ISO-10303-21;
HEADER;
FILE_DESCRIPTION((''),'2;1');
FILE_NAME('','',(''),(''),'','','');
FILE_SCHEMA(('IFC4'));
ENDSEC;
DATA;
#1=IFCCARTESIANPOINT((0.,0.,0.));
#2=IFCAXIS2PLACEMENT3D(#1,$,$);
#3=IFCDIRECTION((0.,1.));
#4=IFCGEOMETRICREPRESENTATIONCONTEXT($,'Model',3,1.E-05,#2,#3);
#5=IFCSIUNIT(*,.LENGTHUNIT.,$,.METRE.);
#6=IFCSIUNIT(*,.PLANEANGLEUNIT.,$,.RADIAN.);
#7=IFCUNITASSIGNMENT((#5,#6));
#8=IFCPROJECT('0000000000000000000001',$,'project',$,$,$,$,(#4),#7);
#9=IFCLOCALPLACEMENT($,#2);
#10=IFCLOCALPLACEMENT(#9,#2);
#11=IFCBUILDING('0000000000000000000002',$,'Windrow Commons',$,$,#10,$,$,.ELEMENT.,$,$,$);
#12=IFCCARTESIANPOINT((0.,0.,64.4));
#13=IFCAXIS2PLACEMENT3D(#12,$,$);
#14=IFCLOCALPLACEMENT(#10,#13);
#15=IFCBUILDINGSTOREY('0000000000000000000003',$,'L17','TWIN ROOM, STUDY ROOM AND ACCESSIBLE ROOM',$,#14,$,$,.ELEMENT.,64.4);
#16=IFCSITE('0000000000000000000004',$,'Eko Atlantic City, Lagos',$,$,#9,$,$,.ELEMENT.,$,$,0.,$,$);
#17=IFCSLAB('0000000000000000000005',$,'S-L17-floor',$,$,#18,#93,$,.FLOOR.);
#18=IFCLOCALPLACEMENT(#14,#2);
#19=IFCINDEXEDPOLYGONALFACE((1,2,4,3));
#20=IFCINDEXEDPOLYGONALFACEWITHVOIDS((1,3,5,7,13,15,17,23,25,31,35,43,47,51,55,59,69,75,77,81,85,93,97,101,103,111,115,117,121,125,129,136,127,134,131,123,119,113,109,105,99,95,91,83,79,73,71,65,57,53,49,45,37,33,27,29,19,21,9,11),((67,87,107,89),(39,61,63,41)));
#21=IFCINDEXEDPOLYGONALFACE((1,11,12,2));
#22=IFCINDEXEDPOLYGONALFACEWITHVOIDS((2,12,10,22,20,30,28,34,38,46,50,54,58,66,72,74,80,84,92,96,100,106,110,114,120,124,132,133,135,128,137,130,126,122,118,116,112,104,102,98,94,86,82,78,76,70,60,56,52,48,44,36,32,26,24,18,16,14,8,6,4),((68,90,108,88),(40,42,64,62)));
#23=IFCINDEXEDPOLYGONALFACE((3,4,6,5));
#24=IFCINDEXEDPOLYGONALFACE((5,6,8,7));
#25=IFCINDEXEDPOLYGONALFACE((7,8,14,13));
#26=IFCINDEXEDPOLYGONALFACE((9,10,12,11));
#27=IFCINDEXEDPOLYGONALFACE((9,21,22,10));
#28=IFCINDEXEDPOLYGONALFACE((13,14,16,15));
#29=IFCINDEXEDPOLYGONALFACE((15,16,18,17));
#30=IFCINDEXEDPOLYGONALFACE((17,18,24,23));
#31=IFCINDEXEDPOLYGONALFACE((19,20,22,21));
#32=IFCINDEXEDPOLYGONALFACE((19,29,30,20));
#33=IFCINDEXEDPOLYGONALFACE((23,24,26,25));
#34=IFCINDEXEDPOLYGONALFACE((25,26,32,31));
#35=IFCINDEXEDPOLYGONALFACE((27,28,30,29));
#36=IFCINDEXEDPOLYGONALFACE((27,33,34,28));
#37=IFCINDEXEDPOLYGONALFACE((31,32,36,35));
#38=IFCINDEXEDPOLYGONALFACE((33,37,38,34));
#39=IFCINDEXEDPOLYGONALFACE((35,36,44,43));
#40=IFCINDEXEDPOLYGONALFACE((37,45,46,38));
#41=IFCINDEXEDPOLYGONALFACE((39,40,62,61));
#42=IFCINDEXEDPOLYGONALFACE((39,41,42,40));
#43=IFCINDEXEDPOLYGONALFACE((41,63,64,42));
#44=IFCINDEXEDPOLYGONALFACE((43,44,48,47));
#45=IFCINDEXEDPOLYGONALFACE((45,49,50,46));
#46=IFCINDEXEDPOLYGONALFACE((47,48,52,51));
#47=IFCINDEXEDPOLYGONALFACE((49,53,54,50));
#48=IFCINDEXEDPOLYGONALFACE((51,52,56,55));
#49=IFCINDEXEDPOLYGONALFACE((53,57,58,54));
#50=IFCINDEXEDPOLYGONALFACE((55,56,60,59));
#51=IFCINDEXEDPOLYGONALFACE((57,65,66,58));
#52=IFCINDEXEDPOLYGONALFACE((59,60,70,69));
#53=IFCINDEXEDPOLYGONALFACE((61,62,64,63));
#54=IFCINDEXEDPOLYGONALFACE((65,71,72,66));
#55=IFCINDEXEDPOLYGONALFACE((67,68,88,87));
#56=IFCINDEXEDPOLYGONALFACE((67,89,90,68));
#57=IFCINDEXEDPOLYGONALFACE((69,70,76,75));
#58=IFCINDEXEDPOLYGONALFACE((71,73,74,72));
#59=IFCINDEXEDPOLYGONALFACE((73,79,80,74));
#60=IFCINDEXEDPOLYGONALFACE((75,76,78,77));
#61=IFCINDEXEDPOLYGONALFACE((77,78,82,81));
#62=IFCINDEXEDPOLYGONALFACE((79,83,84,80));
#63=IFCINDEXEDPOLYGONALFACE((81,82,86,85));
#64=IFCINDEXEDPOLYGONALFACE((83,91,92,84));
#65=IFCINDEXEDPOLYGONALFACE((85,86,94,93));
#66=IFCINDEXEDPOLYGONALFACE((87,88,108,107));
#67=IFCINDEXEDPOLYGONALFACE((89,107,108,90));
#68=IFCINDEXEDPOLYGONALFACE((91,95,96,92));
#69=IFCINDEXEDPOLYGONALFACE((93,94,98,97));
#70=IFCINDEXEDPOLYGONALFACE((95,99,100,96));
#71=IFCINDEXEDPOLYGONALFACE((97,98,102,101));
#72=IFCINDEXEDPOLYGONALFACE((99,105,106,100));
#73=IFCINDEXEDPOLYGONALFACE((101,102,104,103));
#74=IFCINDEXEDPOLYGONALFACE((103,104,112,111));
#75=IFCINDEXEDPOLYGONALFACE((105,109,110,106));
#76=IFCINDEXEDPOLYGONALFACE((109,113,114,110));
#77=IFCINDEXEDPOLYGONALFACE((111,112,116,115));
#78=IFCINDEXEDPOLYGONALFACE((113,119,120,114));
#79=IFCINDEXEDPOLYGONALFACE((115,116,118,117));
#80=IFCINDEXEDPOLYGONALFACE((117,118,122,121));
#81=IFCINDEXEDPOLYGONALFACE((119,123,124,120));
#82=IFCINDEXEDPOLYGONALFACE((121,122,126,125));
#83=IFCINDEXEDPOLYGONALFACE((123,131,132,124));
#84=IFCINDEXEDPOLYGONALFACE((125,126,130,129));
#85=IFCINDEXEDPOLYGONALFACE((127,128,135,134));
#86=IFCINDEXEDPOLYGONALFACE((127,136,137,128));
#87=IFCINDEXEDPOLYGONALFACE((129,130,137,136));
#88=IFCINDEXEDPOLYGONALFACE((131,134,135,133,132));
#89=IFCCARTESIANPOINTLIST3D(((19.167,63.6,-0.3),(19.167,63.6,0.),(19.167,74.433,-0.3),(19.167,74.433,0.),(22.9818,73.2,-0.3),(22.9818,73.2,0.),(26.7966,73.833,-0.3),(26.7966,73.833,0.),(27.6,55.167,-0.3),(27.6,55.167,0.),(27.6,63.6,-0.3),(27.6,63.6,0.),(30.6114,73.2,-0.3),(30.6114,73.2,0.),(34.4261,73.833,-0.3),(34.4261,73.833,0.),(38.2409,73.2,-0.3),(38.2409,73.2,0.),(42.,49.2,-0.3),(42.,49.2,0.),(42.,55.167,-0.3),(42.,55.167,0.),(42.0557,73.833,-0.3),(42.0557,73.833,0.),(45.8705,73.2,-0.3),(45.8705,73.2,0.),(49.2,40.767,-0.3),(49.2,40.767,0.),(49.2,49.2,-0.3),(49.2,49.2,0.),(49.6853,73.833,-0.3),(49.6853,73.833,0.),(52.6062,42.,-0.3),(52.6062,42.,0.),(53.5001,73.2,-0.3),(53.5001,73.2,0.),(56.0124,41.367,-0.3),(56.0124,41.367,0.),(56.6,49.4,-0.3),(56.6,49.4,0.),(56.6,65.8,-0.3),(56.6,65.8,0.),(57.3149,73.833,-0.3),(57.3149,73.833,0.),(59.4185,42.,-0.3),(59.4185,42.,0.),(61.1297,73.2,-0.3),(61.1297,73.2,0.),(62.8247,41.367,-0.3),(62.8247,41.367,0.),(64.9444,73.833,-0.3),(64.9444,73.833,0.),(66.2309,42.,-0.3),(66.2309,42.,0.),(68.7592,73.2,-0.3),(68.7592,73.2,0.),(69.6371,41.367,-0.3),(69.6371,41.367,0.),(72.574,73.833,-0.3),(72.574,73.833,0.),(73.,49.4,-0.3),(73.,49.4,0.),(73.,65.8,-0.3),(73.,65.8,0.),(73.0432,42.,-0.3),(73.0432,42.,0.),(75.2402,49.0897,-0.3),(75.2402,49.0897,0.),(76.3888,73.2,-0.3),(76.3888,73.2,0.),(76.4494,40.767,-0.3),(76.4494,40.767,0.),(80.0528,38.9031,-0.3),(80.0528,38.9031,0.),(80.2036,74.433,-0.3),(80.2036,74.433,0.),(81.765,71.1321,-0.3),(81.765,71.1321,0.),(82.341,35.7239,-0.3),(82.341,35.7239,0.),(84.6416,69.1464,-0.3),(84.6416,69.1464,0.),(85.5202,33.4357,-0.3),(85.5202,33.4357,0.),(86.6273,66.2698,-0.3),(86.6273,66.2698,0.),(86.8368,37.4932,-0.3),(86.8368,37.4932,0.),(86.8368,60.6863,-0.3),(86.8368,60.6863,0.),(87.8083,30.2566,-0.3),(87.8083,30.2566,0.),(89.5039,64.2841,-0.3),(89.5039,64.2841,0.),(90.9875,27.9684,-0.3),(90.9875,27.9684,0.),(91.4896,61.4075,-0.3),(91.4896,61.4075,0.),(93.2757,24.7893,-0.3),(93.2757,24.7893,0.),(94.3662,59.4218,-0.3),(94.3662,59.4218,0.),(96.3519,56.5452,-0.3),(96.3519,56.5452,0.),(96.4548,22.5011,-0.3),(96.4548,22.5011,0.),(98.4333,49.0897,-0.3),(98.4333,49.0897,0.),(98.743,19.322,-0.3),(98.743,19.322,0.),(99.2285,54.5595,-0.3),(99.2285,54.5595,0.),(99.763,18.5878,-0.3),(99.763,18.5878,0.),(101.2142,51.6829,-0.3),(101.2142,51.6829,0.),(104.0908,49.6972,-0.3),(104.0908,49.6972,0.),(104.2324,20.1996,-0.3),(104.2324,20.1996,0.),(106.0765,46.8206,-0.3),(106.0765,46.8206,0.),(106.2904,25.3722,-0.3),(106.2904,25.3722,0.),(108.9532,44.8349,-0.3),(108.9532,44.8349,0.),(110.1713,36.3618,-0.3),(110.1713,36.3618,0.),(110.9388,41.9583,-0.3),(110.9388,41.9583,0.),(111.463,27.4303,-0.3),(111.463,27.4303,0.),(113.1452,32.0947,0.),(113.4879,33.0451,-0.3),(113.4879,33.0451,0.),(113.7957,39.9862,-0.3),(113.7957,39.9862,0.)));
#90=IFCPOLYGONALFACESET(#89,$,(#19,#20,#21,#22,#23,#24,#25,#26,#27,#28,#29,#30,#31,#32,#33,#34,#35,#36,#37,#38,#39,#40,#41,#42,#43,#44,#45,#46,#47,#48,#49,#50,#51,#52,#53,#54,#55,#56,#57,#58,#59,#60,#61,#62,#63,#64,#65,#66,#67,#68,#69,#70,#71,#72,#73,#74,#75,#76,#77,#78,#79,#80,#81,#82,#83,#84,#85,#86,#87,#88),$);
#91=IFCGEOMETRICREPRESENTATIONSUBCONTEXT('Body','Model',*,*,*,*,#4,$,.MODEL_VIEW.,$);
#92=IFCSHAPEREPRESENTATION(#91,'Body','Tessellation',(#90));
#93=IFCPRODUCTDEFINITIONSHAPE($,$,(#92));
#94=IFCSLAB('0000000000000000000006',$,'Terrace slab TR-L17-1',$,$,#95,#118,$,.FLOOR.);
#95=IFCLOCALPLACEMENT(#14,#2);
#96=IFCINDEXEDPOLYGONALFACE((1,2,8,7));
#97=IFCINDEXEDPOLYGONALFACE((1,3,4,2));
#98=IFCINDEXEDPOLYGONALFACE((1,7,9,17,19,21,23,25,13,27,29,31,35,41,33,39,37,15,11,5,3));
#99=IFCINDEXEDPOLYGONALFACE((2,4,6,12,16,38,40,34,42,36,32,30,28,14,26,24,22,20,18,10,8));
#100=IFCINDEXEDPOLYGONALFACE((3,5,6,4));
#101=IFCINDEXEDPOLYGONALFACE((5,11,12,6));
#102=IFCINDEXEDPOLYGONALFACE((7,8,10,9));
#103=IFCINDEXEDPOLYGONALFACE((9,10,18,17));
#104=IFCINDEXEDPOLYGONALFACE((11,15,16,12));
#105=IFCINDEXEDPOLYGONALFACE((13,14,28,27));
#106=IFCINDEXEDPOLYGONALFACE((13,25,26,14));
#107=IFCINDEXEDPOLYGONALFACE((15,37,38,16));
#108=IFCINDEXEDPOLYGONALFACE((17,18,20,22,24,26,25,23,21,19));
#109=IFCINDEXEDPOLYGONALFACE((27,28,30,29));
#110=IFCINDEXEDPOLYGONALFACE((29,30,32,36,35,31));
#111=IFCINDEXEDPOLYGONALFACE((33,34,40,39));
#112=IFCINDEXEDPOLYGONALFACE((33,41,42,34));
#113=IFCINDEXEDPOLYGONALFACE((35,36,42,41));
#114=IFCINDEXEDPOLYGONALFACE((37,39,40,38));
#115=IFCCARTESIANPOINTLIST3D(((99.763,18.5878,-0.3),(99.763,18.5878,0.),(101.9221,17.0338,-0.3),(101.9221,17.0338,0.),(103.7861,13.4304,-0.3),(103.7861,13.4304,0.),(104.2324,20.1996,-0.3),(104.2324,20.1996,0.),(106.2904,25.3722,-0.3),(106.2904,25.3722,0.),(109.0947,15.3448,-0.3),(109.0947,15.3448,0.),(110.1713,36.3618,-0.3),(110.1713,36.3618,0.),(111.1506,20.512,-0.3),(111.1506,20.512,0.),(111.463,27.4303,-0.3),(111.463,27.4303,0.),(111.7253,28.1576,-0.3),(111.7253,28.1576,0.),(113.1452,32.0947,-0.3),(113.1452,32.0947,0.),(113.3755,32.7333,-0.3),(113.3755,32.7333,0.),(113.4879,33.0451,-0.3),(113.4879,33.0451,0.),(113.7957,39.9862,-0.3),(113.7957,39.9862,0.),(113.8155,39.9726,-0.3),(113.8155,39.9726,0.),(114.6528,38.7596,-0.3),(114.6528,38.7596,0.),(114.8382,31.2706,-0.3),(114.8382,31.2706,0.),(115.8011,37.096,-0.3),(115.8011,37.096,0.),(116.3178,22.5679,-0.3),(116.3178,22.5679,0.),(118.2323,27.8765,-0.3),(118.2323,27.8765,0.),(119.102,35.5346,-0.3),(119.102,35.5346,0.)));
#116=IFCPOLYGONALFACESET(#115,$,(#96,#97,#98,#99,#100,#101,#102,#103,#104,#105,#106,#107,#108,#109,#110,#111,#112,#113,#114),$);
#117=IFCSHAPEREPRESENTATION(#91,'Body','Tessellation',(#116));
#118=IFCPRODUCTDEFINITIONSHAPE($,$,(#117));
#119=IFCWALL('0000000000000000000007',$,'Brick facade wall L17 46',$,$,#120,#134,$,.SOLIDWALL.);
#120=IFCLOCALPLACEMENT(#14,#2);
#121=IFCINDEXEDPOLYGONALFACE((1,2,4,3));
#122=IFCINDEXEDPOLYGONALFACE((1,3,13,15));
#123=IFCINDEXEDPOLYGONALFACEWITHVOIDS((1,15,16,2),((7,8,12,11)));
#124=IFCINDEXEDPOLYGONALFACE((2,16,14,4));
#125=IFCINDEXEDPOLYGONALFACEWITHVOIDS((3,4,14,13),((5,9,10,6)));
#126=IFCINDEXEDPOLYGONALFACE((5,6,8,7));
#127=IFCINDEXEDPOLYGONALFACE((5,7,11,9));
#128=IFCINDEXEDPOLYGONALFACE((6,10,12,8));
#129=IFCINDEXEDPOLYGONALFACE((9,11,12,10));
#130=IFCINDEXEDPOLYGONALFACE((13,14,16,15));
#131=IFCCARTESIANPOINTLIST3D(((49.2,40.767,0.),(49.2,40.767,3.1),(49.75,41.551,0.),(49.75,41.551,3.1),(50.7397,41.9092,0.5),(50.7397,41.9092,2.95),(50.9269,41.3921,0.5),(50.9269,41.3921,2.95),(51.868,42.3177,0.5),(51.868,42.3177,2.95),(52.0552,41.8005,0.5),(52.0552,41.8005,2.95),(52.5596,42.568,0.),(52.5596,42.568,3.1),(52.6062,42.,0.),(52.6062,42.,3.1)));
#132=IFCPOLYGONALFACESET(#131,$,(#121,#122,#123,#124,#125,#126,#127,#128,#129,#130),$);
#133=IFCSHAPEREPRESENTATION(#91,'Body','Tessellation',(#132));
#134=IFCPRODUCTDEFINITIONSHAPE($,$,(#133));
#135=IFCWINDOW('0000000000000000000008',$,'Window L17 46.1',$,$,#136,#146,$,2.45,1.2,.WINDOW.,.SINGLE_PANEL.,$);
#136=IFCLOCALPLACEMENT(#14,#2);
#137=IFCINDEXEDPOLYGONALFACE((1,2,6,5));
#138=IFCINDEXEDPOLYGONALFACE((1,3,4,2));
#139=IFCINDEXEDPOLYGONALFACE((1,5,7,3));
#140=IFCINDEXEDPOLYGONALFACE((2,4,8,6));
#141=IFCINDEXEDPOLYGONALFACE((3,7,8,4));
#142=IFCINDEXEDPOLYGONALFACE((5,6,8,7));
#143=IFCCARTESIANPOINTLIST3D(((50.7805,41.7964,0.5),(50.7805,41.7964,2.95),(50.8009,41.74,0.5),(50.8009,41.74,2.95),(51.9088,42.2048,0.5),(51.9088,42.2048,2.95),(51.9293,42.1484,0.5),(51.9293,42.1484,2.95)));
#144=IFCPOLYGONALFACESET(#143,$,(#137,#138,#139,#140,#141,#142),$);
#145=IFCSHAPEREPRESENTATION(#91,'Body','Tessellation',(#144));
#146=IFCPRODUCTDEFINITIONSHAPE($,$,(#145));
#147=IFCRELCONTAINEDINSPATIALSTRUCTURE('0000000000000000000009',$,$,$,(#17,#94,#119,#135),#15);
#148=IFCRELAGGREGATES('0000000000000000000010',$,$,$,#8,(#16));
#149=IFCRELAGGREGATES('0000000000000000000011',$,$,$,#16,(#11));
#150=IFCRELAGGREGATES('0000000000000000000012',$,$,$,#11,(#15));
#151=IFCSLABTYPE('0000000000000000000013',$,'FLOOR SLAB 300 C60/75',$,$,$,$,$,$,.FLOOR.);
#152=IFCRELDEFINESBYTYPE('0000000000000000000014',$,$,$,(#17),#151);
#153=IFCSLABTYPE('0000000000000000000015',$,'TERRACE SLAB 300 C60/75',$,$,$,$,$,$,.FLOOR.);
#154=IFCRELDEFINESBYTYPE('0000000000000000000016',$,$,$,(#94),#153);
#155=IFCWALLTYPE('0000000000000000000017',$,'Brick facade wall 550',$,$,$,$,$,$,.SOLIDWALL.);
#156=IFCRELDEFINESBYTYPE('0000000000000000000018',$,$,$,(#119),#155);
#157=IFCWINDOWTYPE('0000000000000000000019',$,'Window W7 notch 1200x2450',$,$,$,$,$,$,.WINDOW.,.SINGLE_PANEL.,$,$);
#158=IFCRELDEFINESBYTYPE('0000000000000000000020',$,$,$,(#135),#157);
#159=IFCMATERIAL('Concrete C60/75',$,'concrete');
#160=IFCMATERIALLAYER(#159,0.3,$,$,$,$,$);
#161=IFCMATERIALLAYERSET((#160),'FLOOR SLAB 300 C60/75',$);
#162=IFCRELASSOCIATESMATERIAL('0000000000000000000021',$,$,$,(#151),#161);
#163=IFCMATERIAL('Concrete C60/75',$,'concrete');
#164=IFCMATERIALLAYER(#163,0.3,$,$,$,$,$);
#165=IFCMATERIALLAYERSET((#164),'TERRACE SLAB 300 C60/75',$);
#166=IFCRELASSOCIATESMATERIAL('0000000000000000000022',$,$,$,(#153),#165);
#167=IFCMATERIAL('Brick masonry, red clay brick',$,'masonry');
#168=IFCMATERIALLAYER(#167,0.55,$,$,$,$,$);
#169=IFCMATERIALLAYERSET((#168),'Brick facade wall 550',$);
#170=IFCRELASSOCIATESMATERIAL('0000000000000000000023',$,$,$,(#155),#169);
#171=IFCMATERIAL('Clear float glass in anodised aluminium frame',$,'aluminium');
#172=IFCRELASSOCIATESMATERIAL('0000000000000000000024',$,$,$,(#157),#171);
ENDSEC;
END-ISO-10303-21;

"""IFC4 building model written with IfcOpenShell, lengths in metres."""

from ifc_helpers import new_model, si_unit, direction, frame, frame_2d, origin, place, context, subcontext, project, spatial, polyline, rectangle, outline, extrude, material, layer, layer_set, type_object, element, fill, save


model = new_model("IFC4")

# Units and contexts
model_context = context("Model", 3, precision=1e-05, world=origin(), true_north=direction((0.0, 1.0)))
body_context = subcontext(model_context, "Body", "Model", "MODEL_VIEW")
ifc_project = project(units=[si_unit("LENGTHUNIT", "METRE"), si_unit("PLANEANGLEUNIT", "RADIAN")], contexts=[model_context])

# Site, building, storey
site_placement = place(None, origin())
site = spatial("IfcSite", under=ifc_project, at=site_placement, Name="Eko Atlantic City, Lagos", CompositionType="ELEMENT", RefElevation=0.0)
building_placement = place(site_placement, origin())
building = spatial("IfcBuilding", under=site, at=building_placement, Name="Windrow Commons", CompositionType="ELEMENT")
storey_placement = place(building_placement, frame((0.0, 0.0, 64.4)))
storey = spatial("IfcBuildingStorey", under=building, at=storey_placement, Name="L17", Description="TWIN ROOM, STUDY ROOM AND ACCESSIBLE ROOM", CompositionType="ELEMENT", Elevation=64.4)

# Shared definitions
placement_1 = place(storey_placement, frame((0.0, 0.0, -0.3)))

# Slab, openings
ifc_material_1 = material(Name="Concrete C60/75", Category="concrete")
ifc_layer_1 = layer(ifc_material_1, 0.3)
ifc_layer_set_1 = layer_set([ifc_layer_1], Name="FLOOR SLAB 300 C60/75")
slab_type_1 = type_object("IfcSlabType", Name="FLOOR SLAB 300 C60/75", PredefinedType="FLOOR", material=ifc_layer_set_1)
slab_1 = element("IfcSlab", 1, at=placement_1, inside=storey, type_object=slab_type_1, Name="S-L17-floor", PredefinedType="FLOOR", context=body_context, shape_type="SweptSolid", body=[
    extrude(outline(polyline([(90.9875, 27.9684), (93.2757, 24.7893), (96.4548, 22.5011), (98.743, 19.322), (99.763, 18.5878), (104.2324, 20.1996), (106.2904, 25.3722), (111.463, 27.4303), (111.7253, 28.1576), (113.1452, 32.0947), (113.3755, 32.7333), (113.4879, 33.0451), (110.1713, 36.3618), (113.7957, 39.9862), (113.8155, 39.9726), (110.9388, 41.9583), (108.9532, 44.8349), (106.0765, 46.8206), (104.0908, 49.6972), (101.2142, 51.6829), (99.2285, 54.5595), (96.3519, 56.5452), (94.3662, 59.4218), (91.4896, 61.4075), (89.5039, 64.2841), (86.6273, 66.2698), (84.6416, 69.1464), (81.765, 71.1321), (80.2036, 74.433), (76.3888, 73.2), (72.574, 73.833), (68.7592, 73.2), (64.9444, 73.833), (61.1297, 73.2), (57.3149, 73.833), (53.5001, 73.2), (49.6853, 73.833), (45.8705, 73.2), (42.0557, 73.833), (38.2409, 73.2), (34.4261, 73.833), (30.6114, 73.2), (26.7966, 73.833), (22.9818, 73.2), (19.167, 74.433), (19.167, 63.6), (27.6, 63.6), (27.6, 55.167), (42.0, 55.167), (42.0, 49.2), (49.2, 49.2), (49.2, 40.767), (52.6062, 42.0), (56.0124, 41.367), (59.4185, 42.0), (62.8247, 41.367), (66.2309, 42.0), (69.6371, 41.367), (73.0432, 42.0), (76.4494, 40.767), (80.0528, 38.9031), (82.341, 35.7239), (85.5202, 33.4357), (87.8083, 30.2566), (90.9875, 27.9684)]), holes=[polyline([(98.4333, 49.0897), (86.8368, 37.4932), (75.2402, 49.0897), (86.8368, 60.6863), (98.4333, 49.0897)]), polyline([(73.0, 65.8), (73.0, 49.4), (56.6, 49.4), (56.6, 65.8), (73.0, 65.8)])]), origin(), (0.0, 0.0, 1.0), 0.3),
])
opening_1_placement = place(placement_1, origin())
element("IfcOpeningElement", 2, at=opening_1_placement, cuts=slab_1, PredefinedType="OPENING", context=body_context, shape_type="SweptSolid", body=[
    extrude(outline(polyline([(98.4262, 49.0897), (86.8368, 37.5003), (75.2473, 49.0897), (86.8368, 60.6792), (98.4262, 49.0897)])), origin(), (0.0, 0.0, 1.0), 0.3),
])
opening_2_placement = place(placement_1, origin())
element("IfcOpeningElement", 3, at=opening_2_placement, cuts=slab_1, PredefinedType="OPENING", context=body_context, shape_type="SweptSolid", body=[
    extrude(outline(polyline([(72.995, 65.795), (72.995, 49.405), (56.605, 49.405), (56.605, 65.795), (72.995, 65.795)])), origin(), (0.0, 0.0, 1.0), 0.3),
])

# Slab
ifc_material_2 = material(Name="Concrete C60/75", Category="concrete")
ifc_layer_2 = layer(ifc_material_2, 0.3)
ifc_layer_set_2 = layer_set([ifc_layer_2], Name="TERRACE SLAB 300 C60/75")
slab_type_2 = type_object("IfcSlabType", Name="TERRACE SLAB 300 C60/75", PredefinedType="FLOOR", material=ifc_layer_set_2)
element("IfcSlab", 4, at=placement_1, inside=storey, type_object=slab_type_2, Name="Terrace slab TR-L17-1", PredefinedType="FLOOR", context=body_context, shape_type="SweptSolid", body=[
    extrude(outline(polyline([(104.2324, 20.1996), (99.763, 18.5878), (101.9221, 17.0338), (103.7861, 13.4304), (109.0947, 15.3448), (111.1506, 20.512), (116.3178, 22.5679), (118.2323, 27.8765), (114.8382, 31.2706), (119.102, 35.5346), (115.8011, 37.096), (114.6528, 38.7596), (113.8155, 39.9726), (113.7957, 39.9862), (110.1713, 36.3618), (113.4879, 33.0451), (113.3755, 32.7333), (113.1452, 32.0947), (111.7253, 28.1576), (111.463, 27.4303), (106.2904, 25.3722), (104.2324, 20.1996)])), origin(), (0.0, 0.0, 1.0), 0.3),
])

# Wall, opening, window
ifc_material_3 = material(Name="Brick masonry, red clay brick", Category="masonry")
ifc_layer_3 = layer(ifc_material_3, 0.55)
ifc_layer_set_3 = layer_set([ifc_layer_3], Name="Brick facade wall 550")
wall_type = type_object("IfcWallType", Name="Brick facade wall 550", PredefinedType="SOLIDWALL", material=ifc_layer_set_3)
wall_placement = place(storey_placement, frame((49.475, 41.159, 0.0), z_axis=(0.0, 0.0, 1.0), x_axis=(0.940292, 0.340368, 0.0)))
wall = element("IfcWall", 5, at=wall_placement, inside=storey, type_object=wall_type, Name="Brick facade wall L17 46", PredefinedType="SOLIDWALL", context=body_context, shape_type="SweptSolid", body=[
    extrude(outline(polyline([(-0.392, -0.275), (3.2305, -0.275), (3.38, 0.275), (0.392, 0.275), (-0.392, -0.275)])), origin(), (0.0, 0.0, 1.0), 3.1),
])
opening_3_placement = place(wall_placement, frame((1.4445, 0.0, 0.5)))
opening_3 = element("IfcOpeningElement", 6, at=opening_3_placement, cuts=wall, PredefinedType="OPENING", context=body_context, shape_type="SweptSolid", body=[
    extrude(rectangle(XDim=1.2, YDim=2.45, at=frame_2d((0.6, 1.225))), frame((0.0, 0.285, 0.0), z_axis=(0.0, -1.0, 0.0), x_axis=(1.0, 0.0, 0.0)), (0.0, 0.0, 1.0), 0.57),
])
ifc_material_4 = material(Name="Clear float glass in anodised aluminium frame", Category="aluminium")
window_type = type_object("IfcWindowType", Name="Window W7 notch 1200x2450", PartitioningType="SINGLE_PANEL", PredefinedType="WINDOW", material=ifc_material_4)
window_placement = place(opening_3_placement, origin())
window = element("IfcWindow", 7, at=window_placement, inside=storey, type_object=window_type, Name="Window L17 46.1", OverallHeight=2.45, OverallWidth=1.2, PartitioningType="SINGLE_PANEL", PredefinedType="WINDOW", context=body_context, shape_type="SweptSolid", body=[
    extrude(rectangle(XDim=1.2, YDim=2.45, at=frame_2d((0.6, 1.225))), frame((0.0, 0.155, 0.0), z_axis=(0.0, -1.0, 0.0), x_axis=(1.0, 0.0, 0.0)), (0.0, 0.0, 1.0), 0.06),
])
fill(opening_3, window)

save(model, "model.ifc")
